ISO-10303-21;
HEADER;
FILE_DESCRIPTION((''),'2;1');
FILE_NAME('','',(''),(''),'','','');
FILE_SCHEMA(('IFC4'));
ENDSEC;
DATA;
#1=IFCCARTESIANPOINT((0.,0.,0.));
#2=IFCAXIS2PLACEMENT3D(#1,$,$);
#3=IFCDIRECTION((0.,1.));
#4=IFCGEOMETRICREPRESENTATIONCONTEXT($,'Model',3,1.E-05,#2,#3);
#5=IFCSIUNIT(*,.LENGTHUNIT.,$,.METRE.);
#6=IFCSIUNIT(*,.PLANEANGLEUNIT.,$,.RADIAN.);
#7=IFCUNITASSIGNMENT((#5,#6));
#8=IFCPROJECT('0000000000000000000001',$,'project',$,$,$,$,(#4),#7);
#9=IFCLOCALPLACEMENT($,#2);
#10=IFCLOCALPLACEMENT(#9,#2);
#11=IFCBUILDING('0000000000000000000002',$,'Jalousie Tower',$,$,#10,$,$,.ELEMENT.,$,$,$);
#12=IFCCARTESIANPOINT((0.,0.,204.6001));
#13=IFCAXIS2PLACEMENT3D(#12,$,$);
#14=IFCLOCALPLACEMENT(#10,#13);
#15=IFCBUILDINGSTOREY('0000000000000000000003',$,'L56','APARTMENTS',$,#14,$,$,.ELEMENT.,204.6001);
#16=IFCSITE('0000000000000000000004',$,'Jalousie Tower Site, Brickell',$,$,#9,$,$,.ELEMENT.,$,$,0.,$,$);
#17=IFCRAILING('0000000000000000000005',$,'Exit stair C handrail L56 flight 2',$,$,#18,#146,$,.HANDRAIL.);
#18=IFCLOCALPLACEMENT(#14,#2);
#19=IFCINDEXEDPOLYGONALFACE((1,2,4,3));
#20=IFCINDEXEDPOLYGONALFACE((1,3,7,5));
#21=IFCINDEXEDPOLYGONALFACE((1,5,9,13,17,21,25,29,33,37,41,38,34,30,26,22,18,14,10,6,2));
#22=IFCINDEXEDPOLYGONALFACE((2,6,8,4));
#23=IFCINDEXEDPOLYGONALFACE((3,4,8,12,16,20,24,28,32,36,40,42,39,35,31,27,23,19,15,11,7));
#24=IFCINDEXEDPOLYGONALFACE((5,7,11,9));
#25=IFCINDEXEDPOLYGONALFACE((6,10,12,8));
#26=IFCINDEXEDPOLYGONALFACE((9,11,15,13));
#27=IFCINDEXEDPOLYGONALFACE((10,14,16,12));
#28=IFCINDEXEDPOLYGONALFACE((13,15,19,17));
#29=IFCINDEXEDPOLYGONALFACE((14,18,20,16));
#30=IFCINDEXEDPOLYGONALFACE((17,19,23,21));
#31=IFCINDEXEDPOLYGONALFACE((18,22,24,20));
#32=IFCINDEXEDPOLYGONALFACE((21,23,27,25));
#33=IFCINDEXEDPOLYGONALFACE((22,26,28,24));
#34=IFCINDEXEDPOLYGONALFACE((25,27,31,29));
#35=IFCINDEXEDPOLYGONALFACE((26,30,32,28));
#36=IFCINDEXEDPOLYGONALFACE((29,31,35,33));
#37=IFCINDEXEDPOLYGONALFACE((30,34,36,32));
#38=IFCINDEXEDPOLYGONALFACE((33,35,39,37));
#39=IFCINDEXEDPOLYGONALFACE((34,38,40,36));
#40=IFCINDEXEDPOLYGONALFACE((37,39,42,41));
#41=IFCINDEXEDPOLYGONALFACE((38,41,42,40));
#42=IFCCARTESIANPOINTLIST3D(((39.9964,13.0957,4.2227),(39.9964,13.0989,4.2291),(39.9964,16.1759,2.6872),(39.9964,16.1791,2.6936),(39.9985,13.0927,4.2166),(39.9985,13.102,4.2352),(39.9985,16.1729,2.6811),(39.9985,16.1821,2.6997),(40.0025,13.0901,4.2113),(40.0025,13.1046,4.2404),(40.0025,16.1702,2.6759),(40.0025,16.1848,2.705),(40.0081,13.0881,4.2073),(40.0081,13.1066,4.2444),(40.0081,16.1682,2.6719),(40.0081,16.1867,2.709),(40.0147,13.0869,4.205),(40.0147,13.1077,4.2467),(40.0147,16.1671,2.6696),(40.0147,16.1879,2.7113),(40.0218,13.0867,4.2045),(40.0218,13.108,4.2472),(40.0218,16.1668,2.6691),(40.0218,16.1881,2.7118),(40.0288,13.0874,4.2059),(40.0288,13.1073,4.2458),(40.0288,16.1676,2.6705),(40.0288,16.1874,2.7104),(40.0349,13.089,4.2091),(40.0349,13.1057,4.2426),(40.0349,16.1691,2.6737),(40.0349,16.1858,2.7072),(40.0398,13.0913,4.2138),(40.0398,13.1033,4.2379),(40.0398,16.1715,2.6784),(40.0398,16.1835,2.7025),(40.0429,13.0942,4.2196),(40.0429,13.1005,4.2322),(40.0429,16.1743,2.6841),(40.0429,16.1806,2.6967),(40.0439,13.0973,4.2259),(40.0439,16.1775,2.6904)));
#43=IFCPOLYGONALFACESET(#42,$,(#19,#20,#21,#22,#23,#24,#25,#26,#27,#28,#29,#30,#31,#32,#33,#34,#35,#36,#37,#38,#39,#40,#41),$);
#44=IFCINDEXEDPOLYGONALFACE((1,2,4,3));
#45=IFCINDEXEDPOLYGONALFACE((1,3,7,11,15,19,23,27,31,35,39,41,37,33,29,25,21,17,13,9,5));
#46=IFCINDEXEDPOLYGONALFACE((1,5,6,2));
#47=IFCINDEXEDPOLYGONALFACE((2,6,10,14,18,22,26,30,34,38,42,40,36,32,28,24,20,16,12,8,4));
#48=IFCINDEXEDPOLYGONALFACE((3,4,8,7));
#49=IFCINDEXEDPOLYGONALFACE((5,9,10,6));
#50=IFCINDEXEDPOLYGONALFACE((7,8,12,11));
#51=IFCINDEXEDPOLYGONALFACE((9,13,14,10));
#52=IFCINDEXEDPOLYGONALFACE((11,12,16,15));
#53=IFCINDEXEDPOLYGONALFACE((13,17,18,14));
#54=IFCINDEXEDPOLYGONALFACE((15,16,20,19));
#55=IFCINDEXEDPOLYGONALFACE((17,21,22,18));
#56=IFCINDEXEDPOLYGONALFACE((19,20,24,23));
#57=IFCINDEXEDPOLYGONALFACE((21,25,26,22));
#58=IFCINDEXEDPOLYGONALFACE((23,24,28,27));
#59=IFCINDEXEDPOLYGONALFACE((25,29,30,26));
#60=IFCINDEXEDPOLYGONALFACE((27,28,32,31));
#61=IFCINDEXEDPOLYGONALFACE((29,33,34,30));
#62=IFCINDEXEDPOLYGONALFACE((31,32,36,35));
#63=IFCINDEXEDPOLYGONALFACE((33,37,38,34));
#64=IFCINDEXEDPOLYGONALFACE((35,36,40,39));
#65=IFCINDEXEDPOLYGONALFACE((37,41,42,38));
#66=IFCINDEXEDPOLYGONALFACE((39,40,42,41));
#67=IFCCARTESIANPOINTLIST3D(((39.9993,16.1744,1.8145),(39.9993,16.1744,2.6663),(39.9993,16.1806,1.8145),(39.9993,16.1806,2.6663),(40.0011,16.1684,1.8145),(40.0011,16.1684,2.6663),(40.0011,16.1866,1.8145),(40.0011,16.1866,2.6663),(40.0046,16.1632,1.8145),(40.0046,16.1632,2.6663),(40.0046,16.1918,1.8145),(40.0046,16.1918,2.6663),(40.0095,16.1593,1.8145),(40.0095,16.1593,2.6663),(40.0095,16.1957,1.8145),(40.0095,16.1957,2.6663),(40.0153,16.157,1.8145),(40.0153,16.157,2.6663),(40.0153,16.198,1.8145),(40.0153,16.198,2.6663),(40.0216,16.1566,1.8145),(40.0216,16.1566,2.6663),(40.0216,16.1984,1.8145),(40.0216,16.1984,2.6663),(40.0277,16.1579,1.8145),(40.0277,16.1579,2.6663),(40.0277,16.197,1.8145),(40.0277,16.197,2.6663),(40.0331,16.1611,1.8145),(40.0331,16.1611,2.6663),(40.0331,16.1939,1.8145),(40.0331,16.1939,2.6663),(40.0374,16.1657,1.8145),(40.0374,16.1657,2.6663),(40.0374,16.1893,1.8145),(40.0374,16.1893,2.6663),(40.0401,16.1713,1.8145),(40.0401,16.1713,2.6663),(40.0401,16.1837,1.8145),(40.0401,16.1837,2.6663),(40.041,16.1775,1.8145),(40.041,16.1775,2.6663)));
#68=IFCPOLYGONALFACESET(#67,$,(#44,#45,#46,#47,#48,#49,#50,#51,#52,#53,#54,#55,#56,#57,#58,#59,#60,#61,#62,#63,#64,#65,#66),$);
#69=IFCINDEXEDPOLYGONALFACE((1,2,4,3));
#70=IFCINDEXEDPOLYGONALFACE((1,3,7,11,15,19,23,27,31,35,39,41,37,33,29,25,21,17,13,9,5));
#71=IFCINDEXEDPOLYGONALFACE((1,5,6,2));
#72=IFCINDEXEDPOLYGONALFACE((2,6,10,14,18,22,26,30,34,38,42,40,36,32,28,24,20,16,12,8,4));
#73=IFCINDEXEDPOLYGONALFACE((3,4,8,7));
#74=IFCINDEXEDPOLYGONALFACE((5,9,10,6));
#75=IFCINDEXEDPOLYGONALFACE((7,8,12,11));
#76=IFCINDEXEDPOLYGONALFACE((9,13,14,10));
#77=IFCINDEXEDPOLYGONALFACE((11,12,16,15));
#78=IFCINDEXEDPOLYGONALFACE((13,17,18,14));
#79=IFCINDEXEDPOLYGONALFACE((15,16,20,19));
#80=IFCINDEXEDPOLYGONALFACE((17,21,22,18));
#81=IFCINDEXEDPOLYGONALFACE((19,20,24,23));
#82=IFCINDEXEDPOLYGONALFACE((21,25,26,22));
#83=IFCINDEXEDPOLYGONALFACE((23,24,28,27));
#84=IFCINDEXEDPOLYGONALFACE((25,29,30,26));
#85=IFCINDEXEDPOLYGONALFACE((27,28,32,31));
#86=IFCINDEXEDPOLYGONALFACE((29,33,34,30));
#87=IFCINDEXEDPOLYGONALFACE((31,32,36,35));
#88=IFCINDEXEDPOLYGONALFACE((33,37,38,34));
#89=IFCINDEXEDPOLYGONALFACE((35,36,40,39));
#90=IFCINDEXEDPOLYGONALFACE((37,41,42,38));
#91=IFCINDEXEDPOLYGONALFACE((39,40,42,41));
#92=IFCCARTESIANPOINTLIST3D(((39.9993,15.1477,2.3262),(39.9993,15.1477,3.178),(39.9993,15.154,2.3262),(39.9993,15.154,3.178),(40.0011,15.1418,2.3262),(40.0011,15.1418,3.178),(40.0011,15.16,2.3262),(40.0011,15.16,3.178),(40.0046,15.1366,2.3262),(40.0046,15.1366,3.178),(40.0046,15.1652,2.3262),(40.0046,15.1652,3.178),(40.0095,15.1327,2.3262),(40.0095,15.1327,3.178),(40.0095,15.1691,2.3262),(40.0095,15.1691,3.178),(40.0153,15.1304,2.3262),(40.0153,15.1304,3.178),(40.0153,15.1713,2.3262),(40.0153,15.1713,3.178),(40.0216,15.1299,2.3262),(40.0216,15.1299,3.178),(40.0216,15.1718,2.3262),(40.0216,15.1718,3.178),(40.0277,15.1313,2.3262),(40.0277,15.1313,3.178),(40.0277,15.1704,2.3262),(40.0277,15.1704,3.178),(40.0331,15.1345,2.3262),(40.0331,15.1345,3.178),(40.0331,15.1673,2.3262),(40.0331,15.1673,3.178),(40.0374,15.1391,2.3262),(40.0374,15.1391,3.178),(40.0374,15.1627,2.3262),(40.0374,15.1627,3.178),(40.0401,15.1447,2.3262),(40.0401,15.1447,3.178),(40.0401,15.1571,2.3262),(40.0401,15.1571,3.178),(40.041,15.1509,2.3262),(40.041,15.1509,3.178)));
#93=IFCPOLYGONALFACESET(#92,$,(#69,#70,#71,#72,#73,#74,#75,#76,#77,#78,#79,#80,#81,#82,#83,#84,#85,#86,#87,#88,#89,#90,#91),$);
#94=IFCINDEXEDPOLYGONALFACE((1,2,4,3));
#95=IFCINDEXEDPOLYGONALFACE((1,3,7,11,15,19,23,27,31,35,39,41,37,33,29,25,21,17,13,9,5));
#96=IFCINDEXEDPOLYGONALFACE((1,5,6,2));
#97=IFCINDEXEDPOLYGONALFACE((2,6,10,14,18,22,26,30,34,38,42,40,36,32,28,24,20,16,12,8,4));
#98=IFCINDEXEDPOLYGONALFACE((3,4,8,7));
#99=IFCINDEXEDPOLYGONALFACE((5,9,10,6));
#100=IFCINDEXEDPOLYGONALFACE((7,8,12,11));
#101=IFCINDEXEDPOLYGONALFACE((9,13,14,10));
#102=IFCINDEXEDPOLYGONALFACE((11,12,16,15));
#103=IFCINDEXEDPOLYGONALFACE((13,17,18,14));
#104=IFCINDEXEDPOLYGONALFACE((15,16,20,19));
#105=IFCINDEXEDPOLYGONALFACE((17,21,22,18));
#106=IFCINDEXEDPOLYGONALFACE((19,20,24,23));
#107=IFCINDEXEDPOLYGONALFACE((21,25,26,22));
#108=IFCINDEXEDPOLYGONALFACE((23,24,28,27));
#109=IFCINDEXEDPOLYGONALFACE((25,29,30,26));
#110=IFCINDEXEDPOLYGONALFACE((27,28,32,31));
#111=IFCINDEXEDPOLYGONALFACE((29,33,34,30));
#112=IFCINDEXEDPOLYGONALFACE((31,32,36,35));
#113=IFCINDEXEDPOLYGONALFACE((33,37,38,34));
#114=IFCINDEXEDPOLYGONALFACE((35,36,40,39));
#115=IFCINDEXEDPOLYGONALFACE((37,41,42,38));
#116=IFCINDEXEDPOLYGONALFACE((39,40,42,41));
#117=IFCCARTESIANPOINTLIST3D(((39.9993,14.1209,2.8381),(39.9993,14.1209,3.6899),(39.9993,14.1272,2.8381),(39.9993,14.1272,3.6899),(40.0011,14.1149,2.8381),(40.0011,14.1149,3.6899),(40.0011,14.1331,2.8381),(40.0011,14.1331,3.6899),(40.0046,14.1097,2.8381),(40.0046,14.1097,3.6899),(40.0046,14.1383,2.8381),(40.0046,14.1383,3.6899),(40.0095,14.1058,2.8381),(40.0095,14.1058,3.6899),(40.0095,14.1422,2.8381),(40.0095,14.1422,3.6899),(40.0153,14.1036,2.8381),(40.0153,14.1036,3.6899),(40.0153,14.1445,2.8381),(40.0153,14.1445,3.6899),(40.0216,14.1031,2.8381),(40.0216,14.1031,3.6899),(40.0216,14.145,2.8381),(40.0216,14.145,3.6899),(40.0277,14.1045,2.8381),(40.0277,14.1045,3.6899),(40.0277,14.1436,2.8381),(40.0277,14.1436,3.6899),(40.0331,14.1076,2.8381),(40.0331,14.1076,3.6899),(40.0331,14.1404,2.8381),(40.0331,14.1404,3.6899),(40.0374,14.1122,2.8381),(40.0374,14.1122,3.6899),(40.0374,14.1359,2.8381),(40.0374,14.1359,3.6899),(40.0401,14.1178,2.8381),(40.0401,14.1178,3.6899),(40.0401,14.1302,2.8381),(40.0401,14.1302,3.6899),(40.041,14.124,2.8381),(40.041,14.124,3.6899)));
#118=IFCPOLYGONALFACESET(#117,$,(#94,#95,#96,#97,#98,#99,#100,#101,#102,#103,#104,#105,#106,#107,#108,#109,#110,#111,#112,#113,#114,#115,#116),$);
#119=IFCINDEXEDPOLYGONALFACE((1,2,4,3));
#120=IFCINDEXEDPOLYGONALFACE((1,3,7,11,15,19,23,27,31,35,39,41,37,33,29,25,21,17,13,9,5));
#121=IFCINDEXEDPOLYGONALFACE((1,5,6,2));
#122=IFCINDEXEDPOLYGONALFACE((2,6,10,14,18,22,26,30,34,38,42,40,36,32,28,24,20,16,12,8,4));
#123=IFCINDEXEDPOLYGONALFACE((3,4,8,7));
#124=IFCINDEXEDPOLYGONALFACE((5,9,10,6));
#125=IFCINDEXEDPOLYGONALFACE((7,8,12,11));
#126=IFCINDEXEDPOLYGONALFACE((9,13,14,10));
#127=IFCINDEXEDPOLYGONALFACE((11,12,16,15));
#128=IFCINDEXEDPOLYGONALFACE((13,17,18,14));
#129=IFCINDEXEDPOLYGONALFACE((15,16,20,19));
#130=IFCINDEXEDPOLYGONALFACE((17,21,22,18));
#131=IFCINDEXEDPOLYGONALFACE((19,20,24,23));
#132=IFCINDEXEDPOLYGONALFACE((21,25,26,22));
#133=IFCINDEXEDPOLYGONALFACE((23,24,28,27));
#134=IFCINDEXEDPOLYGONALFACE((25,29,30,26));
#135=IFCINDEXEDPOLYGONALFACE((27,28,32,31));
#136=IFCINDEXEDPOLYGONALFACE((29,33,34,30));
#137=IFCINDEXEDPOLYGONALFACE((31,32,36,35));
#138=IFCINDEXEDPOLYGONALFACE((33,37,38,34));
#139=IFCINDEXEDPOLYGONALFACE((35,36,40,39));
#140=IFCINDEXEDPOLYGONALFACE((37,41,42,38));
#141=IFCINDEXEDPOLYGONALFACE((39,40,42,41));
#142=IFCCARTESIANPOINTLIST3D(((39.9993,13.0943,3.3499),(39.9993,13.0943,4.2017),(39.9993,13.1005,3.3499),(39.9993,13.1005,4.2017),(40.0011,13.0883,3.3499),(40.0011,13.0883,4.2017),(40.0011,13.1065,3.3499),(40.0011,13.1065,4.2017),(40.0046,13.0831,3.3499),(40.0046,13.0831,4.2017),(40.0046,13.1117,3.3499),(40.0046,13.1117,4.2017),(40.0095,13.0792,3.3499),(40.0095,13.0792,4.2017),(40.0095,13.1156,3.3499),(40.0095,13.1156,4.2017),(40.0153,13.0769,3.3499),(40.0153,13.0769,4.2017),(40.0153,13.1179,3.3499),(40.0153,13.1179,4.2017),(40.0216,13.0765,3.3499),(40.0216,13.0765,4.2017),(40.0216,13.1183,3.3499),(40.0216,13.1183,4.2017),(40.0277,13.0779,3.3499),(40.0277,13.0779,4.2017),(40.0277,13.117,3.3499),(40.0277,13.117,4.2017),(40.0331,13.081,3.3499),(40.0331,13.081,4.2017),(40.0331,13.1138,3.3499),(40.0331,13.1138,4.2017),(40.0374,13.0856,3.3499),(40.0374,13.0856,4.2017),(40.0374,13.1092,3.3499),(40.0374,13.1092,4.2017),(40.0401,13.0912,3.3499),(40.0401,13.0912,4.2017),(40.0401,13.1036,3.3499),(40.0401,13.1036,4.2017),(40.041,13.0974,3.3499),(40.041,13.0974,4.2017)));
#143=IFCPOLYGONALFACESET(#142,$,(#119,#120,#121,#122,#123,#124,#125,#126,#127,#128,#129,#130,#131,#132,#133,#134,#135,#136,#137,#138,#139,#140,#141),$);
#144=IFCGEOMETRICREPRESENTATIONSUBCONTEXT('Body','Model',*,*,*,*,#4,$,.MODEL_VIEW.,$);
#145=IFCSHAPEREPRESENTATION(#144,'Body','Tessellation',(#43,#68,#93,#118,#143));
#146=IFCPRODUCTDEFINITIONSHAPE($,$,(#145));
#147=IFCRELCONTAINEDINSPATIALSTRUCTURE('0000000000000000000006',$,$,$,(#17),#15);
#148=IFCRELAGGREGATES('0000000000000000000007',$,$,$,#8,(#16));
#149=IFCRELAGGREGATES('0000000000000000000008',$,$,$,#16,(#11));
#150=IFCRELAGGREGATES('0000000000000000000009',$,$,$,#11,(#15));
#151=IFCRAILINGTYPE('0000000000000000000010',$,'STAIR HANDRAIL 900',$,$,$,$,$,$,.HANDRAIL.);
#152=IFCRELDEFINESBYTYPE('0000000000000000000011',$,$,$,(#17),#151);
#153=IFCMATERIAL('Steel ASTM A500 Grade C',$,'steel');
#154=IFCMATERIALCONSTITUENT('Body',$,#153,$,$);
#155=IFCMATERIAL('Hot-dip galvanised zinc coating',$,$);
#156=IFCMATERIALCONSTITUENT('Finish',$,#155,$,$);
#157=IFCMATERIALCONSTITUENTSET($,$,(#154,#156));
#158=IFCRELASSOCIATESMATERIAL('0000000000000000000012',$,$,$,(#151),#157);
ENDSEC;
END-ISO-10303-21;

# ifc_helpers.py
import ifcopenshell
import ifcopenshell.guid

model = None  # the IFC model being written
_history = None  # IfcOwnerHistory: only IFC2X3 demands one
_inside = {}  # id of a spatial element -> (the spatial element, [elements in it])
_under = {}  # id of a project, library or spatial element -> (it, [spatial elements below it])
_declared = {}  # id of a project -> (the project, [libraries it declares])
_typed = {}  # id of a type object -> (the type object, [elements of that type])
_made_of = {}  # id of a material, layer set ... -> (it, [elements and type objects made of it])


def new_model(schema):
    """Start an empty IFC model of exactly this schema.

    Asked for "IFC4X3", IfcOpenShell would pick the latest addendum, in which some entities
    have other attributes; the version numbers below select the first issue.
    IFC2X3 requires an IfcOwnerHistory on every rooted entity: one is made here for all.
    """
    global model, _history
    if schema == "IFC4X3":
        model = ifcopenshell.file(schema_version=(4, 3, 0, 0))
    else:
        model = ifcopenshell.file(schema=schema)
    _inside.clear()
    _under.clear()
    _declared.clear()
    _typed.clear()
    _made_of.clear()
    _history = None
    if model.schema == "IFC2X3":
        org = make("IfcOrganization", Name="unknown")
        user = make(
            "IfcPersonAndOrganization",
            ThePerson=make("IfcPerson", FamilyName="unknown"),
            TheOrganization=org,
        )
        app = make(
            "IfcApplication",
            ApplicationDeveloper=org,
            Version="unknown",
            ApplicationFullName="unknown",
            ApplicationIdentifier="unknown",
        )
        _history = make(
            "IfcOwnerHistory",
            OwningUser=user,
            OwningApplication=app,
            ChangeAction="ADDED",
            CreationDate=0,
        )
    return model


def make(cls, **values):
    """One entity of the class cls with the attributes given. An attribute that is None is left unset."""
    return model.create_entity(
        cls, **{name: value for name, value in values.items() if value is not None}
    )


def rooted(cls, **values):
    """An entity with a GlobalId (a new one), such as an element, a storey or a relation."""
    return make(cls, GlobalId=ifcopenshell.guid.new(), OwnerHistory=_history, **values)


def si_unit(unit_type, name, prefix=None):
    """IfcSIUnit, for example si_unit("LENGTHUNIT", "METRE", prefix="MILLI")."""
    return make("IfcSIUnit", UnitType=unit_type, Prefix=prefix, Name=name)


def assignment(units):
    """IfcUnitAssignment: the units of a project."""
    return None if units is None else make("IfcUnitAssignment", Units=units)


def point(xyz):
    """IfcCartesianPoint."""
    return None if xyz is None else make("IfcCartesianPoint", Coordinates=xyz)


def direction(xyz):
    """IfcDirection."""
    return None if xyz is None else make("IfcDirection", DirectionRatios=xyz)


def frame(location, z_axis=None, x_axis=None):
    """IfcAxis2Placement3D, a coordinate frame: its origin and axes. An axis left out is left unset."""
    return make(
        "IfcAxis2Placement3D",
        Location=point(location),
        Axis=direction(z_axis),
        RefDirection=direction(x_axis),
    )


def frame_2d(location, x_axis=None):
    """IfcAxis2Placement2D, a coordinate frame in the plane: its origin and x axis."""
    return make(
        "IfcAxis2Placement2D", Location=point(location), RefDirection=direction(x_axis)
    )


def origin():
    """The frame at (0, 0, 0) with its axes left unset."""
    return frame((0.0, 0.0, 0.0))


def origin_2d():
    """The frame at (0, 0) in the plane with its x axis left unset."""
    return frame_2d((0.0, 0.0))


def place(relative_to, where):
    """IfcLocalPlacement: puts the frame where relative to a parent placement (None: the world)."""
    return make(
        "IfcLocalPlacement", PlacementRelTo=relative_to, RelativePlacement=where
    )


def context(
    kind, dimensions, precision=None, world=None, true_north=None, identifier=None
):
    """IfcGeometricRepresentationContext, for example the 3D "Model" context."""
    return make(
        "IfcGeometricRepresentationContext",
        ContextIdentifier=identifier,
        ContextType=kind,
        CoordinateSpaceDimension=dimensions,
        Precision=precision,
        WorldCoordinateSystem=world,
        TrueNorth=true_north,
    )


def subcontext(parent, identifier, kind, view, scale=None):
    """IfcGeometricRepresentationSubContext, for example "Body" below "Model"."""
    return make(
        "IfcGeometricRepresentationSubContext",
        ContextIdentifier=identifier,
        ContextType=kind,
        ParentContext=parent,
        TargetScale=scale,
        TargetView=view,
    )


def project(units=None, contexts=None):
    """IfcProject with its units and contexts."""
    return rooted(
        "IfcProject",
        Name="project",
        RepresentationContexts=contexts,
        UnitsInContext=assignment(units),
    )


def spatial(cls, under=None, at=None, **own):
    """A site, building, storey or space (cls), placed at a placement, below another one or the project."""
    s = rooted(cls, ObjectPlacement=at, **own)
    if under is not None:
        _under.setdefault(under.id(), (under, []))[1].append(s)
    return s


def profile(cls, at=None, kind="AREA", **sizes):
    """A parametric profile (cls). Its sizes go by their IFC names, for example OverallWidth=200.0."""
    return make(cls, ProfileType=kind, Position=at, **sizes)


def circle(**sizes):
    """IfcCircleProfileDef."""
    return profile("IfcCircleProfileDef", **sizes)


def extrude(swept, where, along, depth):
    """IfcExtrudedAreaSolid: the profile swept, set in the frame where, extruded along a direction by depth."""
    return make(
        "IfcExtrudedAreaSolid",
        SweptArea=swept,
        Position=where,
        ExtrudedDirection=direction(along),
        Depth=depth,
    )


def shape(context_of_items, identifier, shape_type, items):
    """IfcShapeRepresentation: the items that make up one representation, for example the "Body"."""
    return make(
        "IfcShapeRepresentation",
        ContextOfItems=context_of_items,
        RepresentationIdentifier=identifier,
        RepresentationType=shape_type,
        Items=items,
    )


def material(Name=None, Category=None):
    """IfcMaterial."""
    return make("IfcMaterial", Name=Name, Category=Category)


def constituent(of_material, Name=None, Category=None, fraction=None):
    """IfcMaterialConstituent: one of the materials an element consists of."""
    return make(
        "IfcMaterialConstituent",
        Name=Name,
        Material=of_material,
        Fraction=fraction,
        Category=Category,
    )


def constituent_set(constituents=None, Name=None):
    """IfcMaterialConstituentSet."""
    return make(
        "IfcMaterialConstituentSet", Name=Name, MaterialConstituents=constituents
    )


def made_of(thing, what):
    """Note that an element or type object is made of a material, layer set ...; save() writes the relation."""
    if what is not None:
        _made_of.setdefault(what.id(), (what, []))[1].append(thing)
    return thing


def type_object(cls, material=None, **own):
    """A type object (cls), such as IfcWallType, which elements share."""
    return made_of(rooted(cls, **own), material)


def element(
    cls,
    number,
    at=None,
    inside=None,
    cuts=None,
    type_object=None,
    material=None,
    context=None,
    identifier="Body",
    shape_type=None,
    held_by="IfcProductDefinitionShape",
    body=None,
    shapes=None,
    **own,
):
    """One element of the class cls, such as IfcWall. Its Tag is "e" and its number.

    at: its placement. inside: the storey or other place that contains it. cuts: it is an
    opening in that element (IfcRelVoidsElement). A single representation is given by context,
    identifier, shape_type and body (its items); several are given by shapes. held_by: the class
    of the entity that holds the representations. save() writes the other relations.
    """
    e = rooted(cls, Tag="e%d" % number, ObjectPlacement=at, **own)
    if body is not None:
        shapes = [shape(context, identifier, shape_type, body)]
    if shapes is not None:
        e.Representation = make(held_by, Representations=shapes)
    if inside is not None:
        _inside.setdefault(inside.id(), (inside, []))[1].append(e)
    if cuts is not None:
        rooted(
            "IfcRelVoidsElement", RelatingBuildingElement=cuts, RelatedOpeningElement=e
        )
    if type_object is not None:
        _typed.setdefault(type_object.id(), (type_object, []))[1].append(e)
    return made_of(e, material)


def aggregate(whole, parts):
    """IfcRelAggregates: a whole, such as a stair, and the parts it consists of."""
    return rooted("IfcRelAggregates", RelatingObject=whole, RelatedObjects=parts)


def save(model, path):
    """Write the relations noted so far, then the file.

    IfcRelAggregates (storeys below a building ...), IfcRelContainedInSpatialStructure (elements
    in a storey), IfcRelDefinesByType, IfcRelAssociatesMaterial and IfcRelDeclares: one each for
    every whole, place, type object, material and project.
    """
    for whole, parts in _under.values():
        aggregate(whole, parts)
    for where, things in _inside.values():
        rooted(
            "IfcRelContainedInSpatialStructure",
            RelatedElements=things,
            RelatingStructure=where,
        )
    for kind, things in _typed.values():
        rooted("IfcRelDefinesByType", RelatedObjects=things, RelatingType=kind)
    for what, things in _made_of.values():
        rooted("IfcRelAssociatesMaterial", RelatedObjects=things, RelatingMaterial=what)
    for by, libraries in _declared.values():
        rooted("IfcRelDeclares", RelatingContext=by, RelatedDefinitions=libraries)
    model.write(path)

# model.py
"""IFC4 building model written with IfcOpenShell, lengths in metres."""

from ifc_helpers import new_model, si_unit, direction, frame, origin, origin_2d, place, context, subcontext, project, spatial, circle, extrude, material, constituent, constituent_set, type_object, element, save


model = new_model("IFC4")

# Units and contexts
model_context = context("Model", 3, precision=1e-05, world=origin(), true_north=direction((0.0, 1.0)))
body_context = subcontext(model_context, "Body", "Model", "MODEL_VIEW")
ifc_project = project(units=[si_unit("LENGTHUNIT", "METRE"), si_unit("PLANEANGLEUNIT", "RADIAN")], contexts=[model_context])

# Site, building, storey
site_placement = place(None, origin())
site = spatial("IfcSite", under=ifc_project, at=site_placement, Name="Jalousie Tower Site, Brickell", CompositionType="ELEMENT", RefElevation=0.0)
building_placement = place(site_placement, origin())
building = spatial("IfcBuilding", under=site, at=building_placement, Name="Jalousie Tower", CompositionType="ELEMENT")
storey_placement = place(building_placement, frame((0.0, 0.0, 204.6001)))
storey = spatial("IfcBuildingStorey", under=building, at=storey_placement, Name="L56", Description="APARTMENTS", CompositionType="ELEMENT", Elevation=204.6001)

# Railing
ifc_material_1 = material(Name="Steel ASTM A500 Grade C", Category="steel")
ifc_constituent_1 = constituent(ifc_material_1, Name="Body")
ifc_material_2 = material(Name="Hot-dip galvanised zinc coating")
ifc_constituent_2 = constituent(ifc_material_2, Name="Finish")
ifc_constituent_set_1 = constituent_set(constituents=[ifc_constituent_1, ifc_constituent_2])
railing_type_1 = type_object("IfcRailingType", Name="STAIR HANDRAIL 900", PredefinedType="HANDRAIL", material=ifc_constituent_set_1)
railing_1_placement = place(storey_placement, frame((40.02, 16.1775, 1.8145)))
element("IfcRailing", 1, at=railing_1_placement, inside=storey, type_object=railing_type_1, Name="Exit stair C handrail L56 flight 2", PredefinedType="HANDRAIL", context=body_context, shape_type="SweptSolid", body=[
    extrude(circle(Radius=0.0239, at=origin_2d()), frame((0.0, 0.0, 0.876), z_axis=(0.0, -0.894966, 0.446135), x_axis=(1.0, 0.0, 0.0)), (0.0, 0.0, 1.0), 3.4417),
    extrude(circle(Radius=0.021, at=origin_2d()), origin(), (0.0, 0.0, 1.0), 0.8518),
    extrude(circle(Radius=0.021, at=origin_2d()), frame((0.0, -1.0266, 0.5117)), (0.0, 0.0, 1.0), 0.8518),
    extrude(circle(Radius=0.021, at=origin_2d()), frame((0.0, -2.0535, 1.0237)), (0.0, 0.0, 1.0), 0.8518),
    extrude(circle(Radius=0.021, at=origin_2d()), frame((0.0, -3.0801, 1.5354)), (0.0, 0.0, 1.0), 0.8518),
])

save(model, "model.ifc")
